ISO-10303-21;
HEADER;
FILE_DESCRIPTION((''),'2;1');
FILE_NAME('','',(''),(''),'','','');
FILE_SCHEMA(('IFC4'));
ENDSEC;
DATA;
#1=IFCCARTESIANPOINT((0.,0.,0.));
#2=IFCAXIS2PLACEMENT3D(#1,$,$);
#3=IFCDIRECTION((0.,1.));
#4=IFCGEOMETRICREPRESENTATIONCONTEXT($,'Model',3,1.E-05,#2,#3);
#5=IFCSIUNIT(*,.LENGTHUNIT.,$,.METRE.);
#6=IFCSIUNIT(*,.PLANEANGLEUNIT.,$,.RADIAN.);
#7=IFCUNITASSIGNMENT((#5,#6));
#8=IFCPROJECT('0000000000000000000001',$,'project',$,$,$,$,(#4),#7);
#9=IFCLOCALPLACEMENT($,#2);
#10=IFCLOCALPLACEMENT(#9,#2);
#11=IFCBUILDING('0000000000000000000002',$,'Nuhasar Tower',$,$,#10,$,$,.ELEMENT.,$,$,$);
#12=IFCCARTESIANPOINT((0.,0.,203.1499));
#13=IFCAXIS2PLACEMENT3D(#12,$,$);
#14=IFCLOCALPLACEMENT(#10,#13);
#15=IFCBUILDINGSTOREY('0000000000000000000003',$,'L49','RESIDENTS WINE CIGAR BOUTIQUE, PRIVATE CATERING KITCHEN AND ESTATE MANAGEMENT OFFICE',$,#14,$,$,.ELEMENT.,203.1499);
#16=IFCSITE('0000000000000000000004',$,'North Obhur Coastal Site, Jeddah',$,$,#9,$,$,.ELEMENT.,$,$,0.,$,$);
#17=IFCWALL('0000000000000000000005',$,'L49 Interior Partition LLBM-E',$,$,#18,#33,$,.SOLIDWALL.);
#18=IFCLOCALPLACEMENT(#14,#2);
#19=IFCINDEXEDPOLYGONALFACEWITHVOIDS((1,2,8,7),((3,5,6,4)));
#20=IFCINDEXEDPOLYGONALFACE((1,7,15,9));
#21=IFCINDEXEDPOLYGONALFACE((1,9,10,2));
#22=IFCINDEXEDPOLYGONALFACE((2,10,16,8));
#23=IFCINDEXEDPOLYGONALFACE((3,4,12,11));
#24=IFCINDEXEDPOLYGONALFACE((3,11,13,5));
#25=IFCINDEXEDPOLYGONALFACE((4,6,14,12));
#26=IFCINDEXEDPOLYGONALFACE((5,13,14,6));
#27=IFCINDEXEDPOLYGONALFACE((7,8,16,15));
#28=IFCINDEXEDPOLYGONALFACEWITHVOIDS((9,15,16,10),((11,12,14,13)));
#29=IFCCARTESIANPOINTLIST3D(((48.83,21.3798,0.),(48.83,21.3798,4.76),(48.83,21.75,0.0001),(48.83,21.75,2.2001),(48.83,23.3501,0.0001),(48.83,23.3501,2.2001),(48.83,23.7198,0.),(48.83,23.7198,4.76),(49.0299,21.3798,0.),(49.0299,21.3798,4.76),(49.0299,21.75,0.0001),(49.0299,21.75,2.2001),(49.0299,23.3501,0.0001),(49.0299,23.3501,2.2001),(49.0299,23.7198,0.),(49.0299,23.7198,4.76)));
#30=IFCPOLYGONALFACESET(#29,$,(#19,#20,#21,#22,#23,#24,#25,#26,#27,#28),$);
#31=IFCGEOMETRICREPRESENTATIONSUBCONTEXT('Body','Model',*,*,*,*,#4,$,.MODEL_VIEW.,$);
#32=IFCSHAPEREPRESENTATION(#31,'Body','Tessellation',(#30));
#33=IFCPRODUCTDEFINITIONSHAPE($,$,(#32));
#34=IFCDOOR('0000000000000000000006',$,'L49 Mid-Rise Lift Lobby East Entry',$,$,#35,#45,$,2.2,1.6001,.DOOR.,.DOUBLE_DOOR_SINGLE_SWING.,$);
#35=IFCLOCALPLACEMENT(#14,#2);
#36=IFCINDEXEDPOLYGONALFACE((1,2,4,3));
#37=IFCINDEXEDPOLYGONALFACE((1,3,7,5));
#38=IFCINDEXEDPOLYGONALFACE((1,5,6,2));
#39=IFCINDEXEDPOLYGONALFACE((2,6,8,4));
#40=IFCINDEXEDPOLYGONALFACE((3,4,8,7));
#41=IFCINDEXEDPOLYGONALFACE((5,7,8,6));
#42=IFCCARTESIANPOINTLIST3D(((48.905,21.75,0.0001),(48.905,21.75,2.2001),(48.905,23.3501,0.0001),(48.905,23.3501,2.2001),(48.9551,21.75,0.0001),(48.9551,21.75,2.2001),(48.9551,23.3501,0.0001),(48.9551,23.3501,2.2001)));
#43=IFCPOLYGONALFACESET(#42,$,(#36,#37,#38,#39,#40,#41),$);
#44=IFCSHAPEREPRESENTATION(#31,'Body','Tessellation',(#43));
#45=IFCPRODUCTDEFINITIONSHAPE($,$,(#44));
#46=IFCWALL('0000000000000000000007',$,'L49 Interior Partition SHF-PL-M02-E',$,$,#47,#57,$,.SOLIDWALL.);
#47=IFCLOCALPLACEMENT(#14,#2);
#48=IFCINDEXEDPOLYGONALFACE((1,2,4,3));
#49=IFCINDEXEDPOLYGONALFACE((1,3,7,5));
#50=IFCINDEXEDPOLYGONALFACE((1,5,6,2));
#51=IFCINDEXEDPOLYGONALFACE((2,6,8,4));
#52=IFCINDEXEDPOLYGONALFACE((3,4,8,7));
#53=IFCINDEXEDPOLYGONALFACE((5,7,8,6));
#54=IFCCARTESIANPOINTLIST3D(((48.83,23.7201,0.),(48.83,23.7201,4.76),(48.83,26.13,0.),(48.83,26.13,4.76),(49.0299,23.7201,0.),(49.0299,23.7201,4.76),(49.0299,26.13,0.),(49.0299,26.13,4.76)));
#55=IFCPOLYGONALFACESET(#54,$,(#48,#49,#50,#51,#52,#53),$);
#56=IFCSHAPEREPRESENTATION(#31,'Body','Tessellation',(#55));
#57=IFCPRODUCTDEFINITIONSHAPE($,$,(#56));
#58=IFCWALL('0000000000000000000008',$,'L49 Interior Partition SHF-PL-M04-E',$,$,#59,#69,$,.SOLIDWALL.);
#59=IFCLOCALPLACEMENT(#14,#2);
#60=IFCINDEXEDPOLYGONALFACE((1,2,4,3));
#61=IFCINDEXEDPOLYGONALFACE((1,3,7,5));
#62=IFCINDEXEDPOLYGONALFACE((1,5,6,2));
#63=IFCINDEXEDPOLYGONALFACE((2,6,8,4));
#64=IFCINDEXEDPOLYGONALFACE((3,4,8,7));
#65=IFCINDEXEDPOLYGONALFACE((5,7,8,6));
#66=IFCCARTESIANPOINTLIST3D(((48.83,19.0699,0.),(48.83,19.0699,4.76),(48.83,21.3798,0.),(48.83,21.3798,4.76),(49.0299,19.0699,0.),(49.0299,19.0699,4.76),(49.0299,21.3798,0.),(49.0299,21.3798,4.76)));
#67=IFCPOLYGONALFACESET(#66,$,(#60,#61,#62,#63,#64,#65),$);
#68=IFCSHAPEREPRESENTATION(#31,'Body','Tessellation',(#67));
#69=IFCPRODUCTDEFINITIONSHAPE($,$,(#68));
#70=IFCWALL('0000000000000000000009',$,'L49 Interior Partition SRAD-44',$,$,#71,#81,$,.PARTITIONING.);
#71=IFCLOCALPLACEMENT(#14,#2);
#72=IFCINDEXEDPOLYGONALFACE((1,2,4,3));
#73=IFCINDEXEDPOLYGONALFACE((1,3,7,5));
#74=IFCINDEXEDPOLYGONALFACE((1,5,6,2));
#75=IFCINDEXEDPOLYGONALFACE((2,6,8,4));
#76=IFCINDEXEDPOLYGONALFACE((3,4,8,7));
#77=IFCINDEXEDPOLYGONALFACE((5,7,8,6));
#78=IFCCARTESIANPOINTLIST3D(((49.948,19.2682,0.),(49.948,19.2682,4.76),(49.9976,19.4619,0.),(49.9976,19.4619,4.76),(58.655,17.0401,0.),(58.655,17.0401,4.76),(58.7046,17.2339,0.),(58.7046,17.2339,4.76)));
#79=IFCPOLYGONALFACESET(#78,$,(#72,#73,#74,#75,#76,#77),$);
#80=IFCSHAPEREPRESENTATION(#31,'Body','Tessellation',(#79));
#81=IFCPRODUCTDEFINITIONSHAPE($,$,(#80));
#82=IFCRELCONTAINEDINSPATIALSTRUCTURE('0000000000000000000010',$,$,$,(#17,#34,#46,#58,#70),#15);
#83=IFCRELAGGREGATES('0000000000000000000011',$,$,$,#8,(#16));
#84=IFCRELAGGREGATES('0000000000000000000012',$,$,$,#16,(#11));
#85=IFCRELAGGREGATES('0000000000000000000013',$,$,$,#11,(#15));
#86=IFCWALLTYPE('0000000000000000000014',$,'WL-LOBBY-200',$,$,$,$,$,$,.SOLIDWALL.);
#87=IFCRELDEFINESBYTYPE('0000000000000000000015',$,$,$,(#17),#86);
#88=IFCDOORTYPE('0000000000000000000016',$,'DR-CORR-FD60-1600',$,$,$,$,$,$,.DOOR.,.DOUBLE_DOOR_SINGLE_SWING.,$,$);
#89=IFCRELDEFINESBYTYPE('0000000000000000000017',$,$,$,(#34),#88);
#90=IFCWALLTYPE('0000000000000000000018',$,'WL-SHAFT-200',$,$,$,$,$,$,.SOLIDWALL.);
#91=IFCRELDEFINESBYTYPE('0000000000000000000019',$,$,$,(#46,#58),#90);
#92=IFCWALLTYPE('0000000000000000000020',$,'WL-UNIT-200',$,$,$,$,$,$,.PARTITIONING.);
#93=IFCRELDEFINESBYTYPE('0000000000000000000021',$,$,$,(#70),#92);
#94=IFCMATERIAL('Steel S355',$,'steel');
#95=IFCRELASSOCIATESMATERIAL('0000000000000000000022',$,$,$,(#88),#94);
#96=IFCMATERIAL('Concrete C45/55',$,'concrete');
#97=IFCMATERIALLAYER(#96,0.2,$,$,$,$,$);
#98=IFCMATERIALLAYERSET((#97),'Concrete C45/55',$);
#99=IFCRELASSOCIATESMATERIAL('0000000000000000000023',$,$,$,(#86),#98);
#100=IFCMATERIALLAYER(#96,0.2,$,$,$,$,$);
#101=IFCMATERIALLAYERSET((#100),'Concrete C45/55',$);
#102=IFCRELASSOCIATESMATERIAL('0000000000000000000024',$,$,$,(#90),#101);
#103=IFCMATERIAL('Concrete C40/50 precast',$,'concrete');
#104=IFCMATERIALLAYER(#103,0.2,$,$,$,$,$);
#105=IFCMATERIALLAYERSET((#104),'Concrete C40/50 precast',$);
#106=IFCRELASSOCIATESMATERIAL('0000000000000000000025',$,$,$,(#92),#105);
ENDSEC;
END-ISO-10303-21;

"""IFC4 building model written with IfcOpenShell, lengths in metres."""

from ifc_helpers import new_model, si_unit, direction, frame, frame_2d, origin, place, context, subcontext, project, spatial, rectangle, extrude, material, layer, layer_set, type_object, element, fill, save


model = new_model("IFC4")

# Units and contexts
model_context = context("Model", 3, precision=1e-05, world=origin(), true_north=direction((0.0, 1.0)))
body_context = subcontext(model_context, "Body", "Model", "MODEL_VIEW")
ifc_project = project(units=[si_unit("LENGTHUNIT", "METRE"), si_unit("PLANEANGLEUNIT", "RADIAN")], contexts=[model_context])

# Site, building, storey
site_placement = place(None, origin())
site = spatial("IfcSite", under=ifc_project, at=site_placement, Name="North Obhur Coastal Site, Jeddah", CompositionType="ELEMENT", RefElevation=0.0)
building_placement = place(site_placement, origin())
building = spatial("IfcBuilding", under=site, at=building_placement, Name="Nuhasar Tower", CompositionType="ELEMENT")
storey_placement = place(building_placement, frame((0.0, 0.0, 203.1499)))
storey = spatial("IfcBuildingStorey", under=building, at=storey_placement, Name="L49", Description="RESIDENTS WINE CIGAR BOUTIQUE, PRIVATE CATERING KITCHEN AND ESTATE MANAGEMENT OFFICE", CompositionType="ELEMENT", Elevation=203.1499)

# Shared definitions
ifc_material_1 = material(Name="Steel S355", Category="steel")
door_type = type_object("IfcDoorType", Name="DR-CORR-FD60-1600", OperationType="DOUBLE_DOOR_SINGLE_SWING", PredefinedType="DOOR", material=ifc_material_1)

# Wall, opening, door
ifc_material_2 = material(Name="Concrete C45/55", Category="concrete")
ifc_layer_1 = layer(ifc_material_2, 0.2)
ifc_layer_set_1 = layer_set([ifc_layer_1], Name="Concrete C45/55")
wall_type_1 = type_object("IfcWallType", Name="WL-LOBBY-200", PredefinedType="SOLIDWALL", material=ifc_layer_set_1)
wall_1_placement = place(storey_placement, frame((48.9299, 21.3799, 0.0), z_axis=(0.0, 0.0, 1.0), x_axis=(0.0, 1.0, 0.0)))
wall_1 = element("IfcWall", 1, at=wall_1_placement, inside=storey, type_object=wall_type_1, Name="L49 Interior Partition LLBM-E", PredefinedType="SOLIDWALL", context=body_context, shape_type="SweptSolid", body=[
    extrude(rectangle(XDim=2.3401, YDim=0.2, at=frame_2d((1.1699, 0.0))), origin(), (0.0, 0.0, 1.0), 4.76),
])
opening_1_placement = place(wall_1_placement, frame((0.3701, 0.0, 0.0)))
opening_1 = element("IfcOpeningElement", 2, at=opening_1_placement, cuts=wall_1, PredefinedType="OPENING", context=body_context, shape_type="SweptSolid", body=[
    extrude(rectangle(XDim=1.6001, YDim=2.2, at=frame_2d((0.8, 1.1001))), frame((0.0, 0.1099, 0.0), z_axis=(0.0, -1.0, 0.0), x_axis=(1.0, 0.0, 0.0)), (0.0, 0.0, 1.0), 0.22),
])
door_1_placement = place(opening_1_placement, origin())
door_1 = element("IfcDoor", 3, at=door_1_placement, inside=storey, type_object=door_type, Name="L49 Mid-Rise Lift Lobby East Entry", OperationType="DOUBLE_DOOR_SINGLE_SWING", OverallHeight=2.2, OverallWidth=1.6001, PredefinedType="DOOR", context=body_context, shape_type="SweptSolid", body=[
    extrude(rectangle(XDim=1.6001, YDim=2.2, at=frame_2d((0.8, 1.1001))), frame((0.0, 0.0249, 0.0), z_axis=(0.0, -1.0, 0.0), x_axis=(1.0, 0.0, 0.0)), (0.0, 0.0, 1.0), 0.05),
])
fill(opening_1, door_1)

# Walls
ifc_layer_2 = layer(ifc_material_2, 0.2)
ifc_layer_set_2 = layer_set([ifc_layer_2], Name="Concrete C45/55")
wall_type_2 = type_object("IfcWallType", Name="WL-SHAFT-200", PredefinedType="SOLIDWALL", material=ifc_layer_set_2)
wall_2_placement = place(storey_placement, frame((48.9299, 23.72, 0.0), z_axis=(0.0, 0.0, 1.0), x_axis=(0.0, 1.0, 0.0)))
element("IfcWall", 4, at=wall_2_placement, inside=storey, type_object=wall_type_2, Name="L49 Interior Partition SHF-PL-M02-E", PredefinedType="SOLIDWALL", context=body_context, shape_type="SweptSolid", body=[
    extrude(rectangle(XDim=2.4099, YDim=0.2, at=frame_2d((1.2051, 0.0))), origin(), (0.0, 0.0, 1.0), 4.76),
])
wall_3_placement = place(storey_placement, frame((48.9299, 19.0701, 0.0), z_axis=(0.0, 0.0, 1.0), x_axis=(0.0, 1.0, 0.0)))
element("IfcWall", 5, at=wall_3_placement, inside=storey, type_object=wall_type_2, Name="L49 Interior Partition SHF-PL-M04-E", PredefinedType="SOLIDWALL", context=body_context, shape_type="SweptSolid", body=[
    extrude(rectangle(XDim=2.3098, YDim=0.2, at=frame_2d((1.1548, 0.0))), origin(), (0.0, 0.0, 1.0), 4.76),
])
ifc_material_3 = material(Name="Concrete C40/50 precast", Category="concrete")
ifc_layer_3 = layer(ifc_material_3, 0.2)
ifc_layer_set_3 = layer_set([ifc_layer_3], Name="Concrete C40/50 precast")
wall_type_3 = type_object("IfcWallType", Name="WL-UNIT-200", PredefinedType="PARTITIONING", material=ifc_layer_set_3)
wall_4_placement = place(storey_placement, frame((49.9729, 19.365, 0.0), z_axis=(0.0, 0.0, 1.0), x_axis=(0.968785, -0.247901, 0.0)))
element("IfcWall", 6, at=wall_4_placement, inside=storey, type_object=wall_type_3, Name="L49 Interior Partition SRAD-44", PredefinedType="PARTITIONING", context=body_context, shape_type="SweptSolid", body=[
    extrude(rectangle(XDim=8.9875, YDim=0.2, at=frame_2d((4.4937, 0.0))), origin(), (0.0, 0.0, 1.0), 4.76),
])

save(model, "model.ifc")
